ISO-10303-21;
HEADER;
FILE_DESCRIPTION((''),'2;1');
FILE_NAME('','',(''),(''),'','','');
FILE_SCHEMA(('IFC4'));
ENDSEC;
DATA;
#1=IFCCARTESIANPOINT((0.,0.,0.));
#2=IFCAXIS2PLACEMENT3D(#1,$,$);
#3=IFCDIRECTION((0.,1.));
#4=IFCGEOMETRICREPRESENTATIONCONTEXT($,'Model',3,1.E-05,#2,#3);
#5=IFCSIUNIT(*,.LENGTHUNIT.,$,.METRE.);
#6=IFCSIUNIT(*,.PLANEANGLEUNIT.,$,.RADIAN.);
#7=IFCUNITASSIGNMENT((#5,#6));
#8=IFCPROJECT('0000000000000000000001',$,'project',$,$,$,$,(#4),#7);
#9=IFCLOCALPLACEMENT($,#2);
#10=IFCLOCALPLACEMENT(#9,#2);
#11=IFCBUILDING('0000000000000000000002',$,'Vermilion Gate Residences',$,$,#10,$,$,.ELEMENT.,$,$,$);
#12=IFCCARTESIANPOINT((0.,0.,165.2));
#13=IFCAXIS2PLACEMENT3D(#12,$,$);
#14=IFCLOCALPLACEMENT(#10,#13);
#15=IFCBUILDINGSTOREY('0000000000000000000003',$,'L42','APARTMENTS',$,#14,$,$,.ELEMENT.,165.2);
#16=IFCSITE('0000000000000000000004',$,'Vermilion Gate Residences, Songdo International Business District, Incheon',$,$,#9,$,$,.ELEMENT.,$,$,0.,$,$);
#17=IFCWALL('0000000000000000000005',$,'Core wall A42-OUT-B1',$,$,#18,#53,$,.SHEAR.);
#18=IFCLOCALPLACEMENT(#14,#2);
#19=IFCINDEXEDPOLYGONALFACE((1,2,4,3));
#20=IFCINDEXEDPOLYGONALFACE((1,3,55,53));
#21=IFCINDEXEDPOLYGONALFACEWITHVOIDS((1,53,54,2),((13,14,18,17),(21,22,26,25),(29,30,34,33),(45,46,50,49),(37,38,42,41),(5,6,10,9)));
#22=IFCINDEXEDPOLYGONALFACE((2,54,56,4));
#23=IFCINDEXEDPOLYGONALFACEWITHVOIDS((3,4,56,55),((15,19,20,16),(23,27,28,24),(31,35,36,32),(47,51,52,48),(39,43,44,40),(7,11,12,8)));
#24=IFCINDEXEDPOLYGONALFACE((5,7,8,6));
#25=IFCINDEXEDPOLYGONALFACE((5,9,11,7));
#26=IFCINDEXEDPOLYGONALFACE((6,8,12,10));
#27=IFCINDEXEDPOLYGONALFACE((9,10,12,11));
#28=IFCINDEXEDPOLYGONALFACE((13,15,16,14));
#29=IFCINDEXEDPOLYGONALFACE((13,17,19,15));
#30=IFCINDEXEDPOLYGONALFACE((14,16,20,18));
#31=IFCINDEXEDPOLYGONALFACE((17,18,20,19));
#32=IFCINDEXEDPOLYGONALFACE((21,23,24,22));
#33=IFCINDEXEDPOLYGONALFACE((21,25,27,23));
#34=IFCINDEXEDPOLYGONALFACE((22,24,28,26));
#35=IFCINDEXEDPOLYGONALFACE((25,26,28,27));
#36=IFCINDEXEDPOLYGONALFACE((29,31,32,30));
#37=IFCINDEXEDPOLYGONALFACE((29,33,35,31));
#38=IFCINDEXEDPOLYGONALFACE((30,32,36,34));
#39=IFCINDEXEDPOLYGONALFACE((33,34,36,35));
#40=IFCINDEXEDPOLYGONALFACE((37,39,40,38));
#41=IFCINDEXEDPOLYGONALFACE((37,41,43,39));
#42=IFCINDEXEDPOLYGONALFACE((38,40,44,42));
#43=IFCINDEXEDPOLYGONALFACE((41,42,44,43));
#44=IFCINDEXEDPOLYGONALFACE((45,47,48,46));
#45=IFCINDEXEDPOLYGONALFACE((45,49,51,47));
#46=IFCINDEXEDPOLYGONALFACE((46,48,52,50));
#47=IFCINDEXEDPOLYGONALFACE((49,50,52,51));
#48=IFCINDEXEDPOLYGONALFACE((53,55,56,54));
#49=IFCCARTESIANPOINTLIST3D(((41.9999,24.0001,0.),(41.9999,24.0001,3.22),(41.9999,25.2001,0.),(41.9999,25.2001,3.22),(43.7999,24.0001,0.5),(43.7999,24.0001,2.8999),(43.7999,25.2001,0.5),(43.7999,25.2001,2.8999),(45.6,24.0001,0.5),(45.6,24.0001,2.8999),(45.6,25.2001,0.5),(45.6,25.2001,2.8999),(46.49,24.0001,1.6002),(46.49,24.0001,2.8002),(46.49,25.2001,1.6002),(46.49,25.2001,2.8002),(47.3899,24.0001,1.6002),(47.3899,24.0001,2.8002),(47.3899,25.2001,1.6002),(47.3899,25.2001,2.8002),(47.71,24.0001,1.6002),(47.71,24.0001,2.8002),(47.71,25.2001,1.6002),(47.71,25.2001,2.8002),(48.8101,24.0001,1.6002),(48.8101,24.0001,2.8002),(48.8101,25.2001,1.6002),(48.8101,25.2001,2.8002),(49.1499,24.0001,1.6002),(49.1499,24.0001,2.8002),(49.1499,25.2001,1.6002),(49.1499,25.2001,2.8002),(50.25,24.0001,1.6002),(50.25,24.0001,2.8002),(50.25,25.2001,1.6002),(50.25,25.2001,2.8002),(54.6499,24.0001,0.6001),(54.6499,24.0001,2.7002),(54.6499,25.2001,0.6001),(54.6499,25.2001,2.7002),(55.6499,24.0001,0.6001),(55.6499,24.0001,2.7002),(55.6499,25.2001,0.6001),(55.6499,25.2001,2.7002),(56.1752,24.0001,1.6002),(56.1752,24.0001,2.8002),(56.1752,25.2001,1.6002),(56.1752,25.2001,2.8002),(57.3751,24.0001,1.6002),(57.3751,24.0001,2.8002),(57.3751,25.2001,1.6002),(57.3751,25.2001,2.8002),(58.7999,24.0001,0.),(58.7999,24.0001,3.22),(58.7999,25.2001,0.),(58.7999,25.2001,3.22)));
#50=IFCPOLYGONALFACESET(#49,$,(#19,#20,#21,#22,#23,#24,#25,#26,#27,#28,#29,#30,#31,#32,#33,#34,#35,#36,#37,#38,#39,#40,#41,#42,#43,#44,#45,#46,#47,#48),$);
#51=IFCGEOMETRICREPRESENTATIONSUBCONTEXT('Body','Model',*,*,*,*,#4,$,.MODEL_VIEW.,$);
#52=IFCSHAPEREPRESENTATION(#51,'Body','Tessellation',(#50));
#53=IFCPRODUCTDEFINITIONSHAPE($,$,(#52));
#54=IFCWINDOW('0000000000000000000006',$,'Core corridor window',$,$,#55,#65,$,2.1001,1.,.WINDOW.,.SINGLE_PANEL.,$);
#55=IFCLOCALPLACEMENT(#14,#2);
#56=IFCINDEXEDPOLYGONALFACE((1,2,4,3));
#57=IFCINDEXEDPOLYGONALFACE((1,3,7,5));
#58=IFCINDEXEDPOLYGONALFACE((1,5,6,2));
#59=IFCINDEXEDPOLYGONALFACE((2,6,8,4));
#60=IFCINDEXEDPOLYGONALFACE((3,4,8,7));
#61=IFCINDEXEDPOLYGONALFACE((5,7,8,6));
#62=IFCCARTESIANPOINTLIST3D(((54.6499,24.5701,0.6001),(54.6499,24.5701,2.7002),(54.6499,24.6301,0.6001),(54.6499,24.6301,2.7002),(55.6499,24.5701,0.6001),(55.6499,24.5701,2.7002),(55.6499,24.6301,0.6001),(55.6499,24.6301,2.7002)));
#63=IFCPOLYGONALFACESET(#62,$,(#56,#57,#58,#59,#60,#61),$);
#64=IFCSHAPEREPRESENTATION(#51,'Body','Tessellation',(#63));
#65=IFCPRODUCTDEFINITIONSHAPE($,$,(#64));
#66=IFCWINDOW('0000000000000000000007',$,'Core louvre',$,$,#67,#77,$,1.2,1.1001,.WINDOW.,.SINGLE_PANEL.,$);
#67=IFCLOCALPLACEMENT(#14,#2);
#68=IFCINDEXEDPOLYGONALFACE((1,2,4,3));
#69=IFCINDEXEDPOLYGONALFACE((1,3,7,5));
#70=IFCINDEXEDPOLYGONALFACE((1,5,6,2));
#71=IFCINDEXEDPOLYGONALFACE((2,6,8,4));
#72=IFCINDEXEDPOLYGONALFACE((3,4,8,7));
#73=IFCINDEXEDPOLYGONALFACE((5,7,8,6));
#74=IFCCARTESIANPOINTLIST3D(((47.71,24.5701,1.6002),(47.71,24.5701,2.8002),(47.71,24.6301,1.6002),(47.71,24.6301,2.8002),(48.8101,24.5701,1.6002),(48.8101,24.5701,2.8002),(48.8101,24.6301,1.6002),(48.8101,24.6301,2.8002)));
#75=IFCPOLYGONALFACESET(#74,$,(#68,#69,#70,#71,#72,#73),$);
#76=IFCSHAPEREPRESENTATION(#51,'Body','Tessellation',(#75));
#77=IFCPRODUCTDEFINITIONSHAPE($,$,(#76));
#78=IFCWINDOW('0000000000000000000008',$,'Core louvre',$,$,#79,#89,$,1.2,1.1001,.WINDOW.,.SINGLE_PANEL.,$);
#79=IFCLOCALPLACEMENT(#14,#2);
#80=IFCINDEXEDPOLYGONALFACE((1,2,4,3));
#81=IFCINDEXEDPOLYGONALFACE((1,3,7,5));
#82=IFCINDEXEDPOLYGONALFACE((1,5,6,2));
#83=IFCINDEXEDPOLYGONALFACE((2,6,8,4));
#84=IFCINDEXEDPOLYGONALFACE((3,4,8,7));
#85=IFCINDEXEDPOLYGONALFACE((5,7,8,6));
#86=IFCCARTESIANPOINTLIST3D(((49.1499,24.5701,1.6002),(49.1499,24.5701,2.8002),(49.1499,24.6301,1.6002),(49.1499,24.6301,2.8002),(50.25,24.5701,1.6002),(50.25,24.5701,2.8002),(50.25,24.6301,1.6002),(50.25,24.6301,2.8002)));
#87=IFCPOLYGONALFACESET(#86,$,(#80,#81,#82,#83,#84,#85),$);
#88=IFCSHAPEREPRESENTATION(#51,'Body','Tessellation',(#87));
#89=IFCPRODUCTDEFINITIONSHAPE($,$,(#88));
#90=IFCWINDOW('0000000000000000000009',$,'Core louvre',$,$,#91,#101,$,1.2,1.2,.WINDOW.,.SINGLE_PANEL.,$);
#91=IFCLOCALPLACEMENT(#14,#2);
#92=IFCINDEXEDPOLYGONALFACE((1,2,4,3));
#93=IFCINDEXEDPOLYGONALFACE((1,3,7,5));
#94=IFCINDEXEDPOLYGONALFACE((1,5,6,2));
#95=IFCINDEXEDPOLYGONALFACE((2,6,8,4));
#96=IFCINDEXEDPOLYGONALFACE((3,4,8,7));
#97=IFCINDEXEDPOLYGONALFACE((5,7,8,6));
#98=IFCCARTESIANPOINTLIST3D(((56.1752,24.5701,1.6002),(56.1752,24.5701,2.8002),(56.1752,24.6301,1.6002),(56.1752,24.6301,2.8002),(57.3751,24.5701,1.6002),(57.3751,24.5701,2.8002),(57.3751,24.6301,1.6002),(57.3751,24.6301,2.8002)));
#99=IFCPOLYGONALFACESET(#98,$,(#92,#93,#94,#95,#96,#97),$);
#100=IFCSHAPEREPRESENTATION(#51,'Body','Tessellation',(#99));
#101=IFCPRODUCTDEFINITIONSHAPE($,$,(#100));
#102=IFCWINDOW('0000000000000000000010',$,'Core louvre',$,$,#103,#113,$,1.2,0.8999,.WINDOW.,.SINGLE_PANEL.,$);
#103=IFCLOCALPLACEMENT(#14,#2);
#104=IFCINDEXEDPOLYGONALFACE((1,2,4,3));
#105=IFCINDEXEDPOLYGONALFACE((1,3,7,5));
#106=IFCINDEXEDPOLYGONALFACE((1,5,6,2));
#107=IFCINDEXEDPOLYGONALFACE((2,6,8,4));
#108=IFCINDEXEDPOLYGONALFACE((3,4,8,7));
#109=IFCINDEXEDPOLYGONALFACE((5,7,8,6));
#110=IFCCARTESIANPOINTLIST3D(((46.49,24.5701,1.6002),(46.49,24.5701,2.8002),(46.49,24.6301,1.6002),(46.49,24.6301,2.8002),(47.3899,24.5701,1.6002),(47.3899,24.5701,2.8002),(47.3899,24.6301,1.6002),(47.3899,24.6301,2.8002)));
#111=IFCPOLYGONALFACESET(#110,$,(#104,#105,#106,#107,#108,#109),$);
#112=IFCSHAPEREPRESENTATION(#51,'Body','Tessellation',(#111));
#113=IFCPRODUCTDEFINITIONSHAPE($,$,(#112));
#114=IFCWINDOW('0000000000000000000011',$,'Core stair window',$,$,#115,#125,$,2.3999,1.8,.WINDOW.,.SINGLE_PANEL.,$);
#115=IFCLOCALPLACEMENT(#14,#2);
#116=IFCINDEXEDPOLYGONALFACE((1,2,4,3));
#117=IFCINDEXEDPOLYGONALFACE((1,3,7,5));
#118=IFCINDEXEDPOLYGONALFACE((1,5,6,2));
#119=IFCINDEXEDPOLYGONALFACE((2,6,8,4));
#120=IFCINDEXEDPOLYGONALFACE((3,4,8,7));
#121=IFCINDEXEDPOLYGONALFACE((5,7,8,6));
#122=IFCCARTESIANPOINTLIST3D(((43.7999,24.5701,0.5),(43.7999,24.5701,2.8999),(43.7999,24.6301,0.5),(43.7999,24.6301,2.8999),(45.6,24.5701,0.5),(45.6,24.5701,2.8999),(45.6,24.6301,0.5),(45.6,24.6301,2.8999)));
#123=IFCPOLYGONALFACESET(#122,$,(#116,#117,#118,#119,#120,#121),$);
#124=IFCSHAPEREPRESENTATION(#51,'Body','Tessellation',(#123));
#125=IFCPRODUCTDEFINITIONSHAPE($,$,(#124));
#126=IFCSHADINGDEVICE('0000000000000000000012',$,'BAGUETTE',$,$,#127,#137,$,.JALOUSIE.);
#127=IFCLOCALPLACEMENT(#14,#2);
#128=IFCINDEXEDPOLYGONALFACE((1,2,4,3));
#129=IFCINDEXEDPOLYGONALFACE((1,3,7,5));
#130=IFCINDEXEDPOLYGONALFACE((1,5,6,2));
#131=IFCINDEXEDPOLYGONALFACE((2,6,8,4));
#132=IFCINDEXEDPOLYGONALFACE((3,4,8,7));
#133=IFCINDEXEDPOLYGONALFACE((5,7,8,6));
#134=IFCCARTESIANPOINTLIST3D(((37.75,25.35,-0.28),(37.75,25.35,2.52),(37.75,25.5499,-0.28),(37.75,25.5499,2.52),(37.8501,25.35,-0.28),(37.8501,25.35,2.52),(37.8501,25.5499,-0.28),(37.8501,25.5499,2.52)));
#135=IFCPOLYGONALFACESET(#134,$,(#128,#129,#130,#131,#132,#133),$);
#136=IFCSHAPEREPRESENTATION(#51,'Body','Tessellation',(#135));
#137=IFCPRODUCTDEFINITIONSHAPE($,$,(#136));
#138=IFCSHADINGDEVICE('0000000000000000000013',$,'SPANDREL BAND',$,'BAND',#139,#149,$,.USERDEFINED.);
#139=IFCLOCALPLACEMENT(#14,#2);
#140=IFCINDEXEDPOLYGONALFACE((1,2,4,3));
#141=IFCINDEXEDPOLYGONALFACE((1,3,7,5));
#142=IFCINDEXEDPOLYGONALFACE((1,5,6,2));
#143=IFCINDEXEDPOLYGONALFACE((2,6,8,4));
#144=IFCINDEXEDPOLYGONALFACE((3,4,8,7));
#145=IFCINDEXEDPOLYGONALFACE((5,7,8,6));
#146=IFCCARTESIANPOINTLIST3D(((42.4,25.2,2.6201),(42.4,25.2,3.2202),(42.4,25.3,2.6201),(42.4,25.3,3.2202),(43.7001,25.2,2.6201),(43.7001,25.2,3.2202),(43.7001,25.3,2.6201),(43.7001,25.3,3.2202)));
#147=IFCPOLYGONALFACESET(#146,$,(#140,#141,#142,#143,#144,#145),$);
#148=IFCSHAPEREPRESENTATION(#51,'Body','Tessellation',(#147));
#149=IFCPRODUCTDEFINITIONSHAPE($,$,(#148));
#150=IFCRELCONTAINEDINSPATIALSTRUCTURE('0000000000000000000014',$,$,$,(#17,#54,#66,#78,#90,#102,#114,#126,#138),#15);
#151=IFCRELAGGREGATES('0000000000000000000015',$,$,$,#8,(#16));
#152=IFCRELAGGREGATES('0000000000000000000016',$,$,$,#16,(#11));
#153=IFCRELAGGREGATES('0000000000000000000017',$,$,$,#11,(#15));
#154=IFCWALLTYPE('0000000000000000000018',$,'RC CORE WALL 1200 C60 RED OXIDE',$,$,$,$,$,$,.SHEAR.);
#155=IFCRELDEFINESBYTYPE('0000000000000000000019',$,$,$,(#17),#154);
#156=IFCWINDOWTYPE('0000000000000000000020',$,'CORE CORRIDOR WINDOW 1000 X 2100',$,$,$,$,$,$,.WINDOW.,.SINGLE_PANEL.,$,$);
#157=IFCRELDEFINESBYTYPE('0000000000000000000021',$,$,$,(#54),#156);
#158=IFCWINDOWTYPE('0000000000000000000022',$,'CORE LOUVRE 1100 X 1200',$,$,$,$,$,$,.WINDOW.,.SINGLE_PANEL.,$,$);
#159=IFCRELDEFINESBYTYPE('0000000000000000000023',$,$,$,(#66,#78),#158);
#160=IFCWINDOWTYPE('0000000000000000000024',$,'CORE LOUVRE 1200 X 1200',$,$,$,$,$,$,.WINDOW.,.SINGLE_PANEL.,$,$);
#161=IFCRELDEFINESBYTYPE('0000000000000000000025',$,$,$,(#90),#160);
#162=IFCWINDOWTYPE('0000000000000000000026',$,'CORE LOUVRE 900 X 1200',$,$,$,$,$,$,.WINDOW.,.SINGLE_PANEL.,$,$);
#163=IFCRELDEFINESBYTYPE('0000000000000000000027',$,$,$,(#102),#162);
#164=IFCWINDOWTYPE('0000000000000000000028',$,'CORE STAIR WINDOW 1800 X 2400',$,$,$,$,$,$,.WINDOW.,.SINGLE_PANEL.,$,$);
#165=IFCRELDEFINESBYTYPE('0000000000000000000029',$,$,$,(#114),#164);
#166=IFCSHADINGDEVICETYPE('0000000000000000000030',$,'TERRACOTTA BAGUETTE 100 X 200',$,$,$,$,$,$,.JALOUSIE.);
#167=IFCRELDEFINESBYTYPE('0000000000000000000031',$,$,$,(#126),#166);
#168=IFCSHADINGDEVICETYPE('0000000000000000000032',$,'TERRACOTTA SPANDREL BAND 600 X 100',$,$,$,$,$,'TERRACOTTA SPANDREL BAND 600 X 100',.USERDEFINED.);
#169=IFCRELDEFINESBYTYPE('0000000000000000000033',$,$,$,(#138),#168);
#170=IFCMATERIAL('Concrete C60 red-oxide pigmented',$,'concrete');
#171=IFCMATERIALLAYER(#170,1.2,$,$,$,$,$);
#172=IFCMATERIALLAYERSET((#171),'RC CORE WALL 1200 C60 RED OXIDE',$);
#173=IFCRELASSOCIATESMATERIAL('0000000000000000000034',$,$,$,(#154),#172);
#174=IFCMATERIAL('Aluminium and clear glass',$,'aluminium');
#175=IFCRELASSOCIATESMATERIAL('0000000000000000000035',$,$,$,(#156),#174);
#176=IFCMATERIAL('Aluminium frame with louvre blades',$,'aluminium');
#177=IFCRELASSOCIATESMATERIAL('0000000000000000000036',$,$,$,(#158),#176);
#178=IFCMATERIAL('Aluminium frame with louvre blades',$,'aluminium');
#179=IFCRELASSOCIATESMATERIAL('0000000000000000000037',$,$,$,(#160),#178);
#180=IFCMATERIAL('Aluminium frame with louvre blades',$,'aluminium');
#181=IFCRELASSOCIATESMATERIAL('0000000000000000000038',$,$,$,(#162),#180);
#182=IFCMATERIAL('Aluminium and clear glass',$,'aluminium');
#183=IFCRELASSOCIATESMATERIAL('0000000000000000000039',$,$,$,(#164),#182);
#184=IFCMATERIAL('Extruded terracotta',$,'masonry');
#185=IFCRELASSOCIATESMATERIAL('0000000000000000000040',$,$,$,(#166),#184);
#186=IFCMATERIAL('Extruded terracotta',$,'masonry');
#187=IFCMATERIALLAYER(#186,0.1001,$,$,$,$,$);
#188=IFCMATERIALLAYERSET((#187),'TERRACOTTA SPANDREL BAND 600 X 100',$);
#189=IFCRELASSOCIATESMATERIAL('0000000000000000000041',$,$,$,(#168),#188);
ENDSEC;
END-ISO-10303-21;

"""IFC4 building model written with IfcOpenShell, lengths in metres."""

from ifc_helpers import new_model, si_unit, direction, frame, frame_2d, origin, origin_2d, place, context, subcontext, project, spatial, rectangle, extrude, material, layer, layer_set, material_profile, profile_set, type_object, element, fill, save


model = new_model("IFC4")

# Units and contexts
model_context = context("Model", 3, precision=1e-05, world=origin(), true_north=direction((0.0, 1.0)))
body_context = subcontext(model_context, "Body", "Model", "MODEL_VIEW")
ifc_project = project(units=[si_unit("LENGTHUNIT", "METRE"), si_unit("PLANEANGLEUNIT", "RADIAN")], contexts=[model_context])

# Site, building, storey
site_placement = place(None, origin())
site = spatial("IfcSite", under=ifc_project, at=site_placement, Name="Vermilion Gate Residences, Songdo International Business District, Incheon", CompositionType="ELEMENT", RefElevation=0.0)
building_placement = place(site_placement, origin())
building = spatial("IfcBuilding", under=site, at=building_placement, Name="Vermilion Gate Residences", CompositionType="ELEMENT")
storey_placement = place(building_placement, frame((0.0, 0.0, 165.2)))
storey = spatial("IfcBuildingStorey", under=building, at=storey_placement, Name="L42", Description="APARTMENTS", CompositionType="ELEMENT", Elevation=165.2)

# Wall, openings, windows
ifc_material_1 = material(Name="Concrete C60 red-oxide pigmented", Category="concrete")
ifc_layer_1 = layer(ifc_material_1, 1.2)
ifc_layer_set_1 = layer_set([ifc_layer_1], Name="RC CORE WALL 1200 C60 RED OXIDE")
wall_type_1 = type_object("IfcWallType", Name="RC CORE WALL 1200 C60 RED OXIDE", PredefinedType="SHEAR", material=ifc_layer_set_1)
wall_1_placement = place(storey_placement, frame((42.0, 24.6001, 0.0), z_axis=(0.0, 0.0, 1.0), x_axis=(1.0, 0.0, 0.0)))
wall_1 = element("IfcWall", 1, at=wall_1_placement, inside=storey, type_object=wall_type_1, Name="Core wall A42-OUT-B1", PredefinedType="SHEAR", context=body_context, shape_type="SweptSolid", body=[
    extrude(rectangle(XDim=16.8, YDim=1.2, at=frame_2d((8.3999, 0.0))), origin(), (0.0, 0.0, 1.0), 3.22),
])
opening_1_placement = place(wall_1_placement, frame((1.8, 0.0, 0.5)))
opening_1 = element("IfcOpeningElement", 2, at=opening_1_placement, cuts=wall_1, PredefinedType="OPENING", context=body_context, shape_type="SweptSolid", body=[
    extrude(rectangle(XDim=1.8, YDim=2.3999, at=frame_2d((0.8999, 1.2))), frame((0.0, 0.6099, 0.0), z_axis=(0.0, -1.0, 0.0), x_axis=(1.0, 0.0, 0.0)), (0.0, 0.0, 1.0), 1.22),
])
opening_2_placement = place(wall_1_placement, frame((4.49, 0.0, 1.6001)))
opening_2 = element("IfcOpeningElement", 3, at=opening_2_placement, cuts=wall_1, PredefinedType="OPENING", context=body_context, shape_type="SweptSolid", body=[
    extrude(rectangle(XDim=0.8999, YDim=1.2, at=frame_2d((0.45, 0.6001))), frame((0.0, 0.6099, 0.0), z_axis=(0.0, -1.0, 0.0), x_axis=(1.0, 0.0, 0.0)), (0.0, 0.0, 1.0), 1.22),
])
opening_3_placement = place(wall_1_placement, frame((5.71, 0.0, 1.6001)))
opening_3 = element("IfcOpeningElement", 4, at=opening_3_placement, cuts=wall_1, PredefinedType="OPENING", context=body_context, shape_type="SweptSolid", body=[
    extrude(rectangle(XDim=1.1001, YDim=1.2, at=frame_2d((0.55, 0.6001))), frame((0.0, 0.6099, 0.0), z_axis=(0.0, -1.0, 0.0), x_axis=(1.0, 0.0, 0.0)), (0.0, 0.0, 1.0), 1.22),
])
opening_4_placement = place(wall_1_placement, frame((7.1499, 0.0, 1.6001)))
opening_4 = element("IfcOpeningElement", 5, at=opening_4_placement, cuts=wall_1, PredefinedType="OPENING", context=body_context, shape_type="SweptSolid", body=[
    extrude(rectangle(XDim=1.1001, YDim=1.2, at=frame_2d((0.55, 0.6001))), frame((0.0, 0.6099, 0.0), z_axis=(0.0, -1.0, 0.0), x_axis=(1.0, 0.0, 0.0)), (0.0, 0.0, 1.0), 1.22),
])
opening_5_placement = place(wall_1_placement, frame((12.6499, 0.0, 0.6001)))
opening_5 = element("IfcOpeningElement", 6, at=opening_5_placement, cuts=wall_1, PredefinedType="OPENING", context=body_context, shape_type="SweptSolid", body=[
    extrude(rectangle(XDim=1.0, YDim=2.1001, at=frame_2d((0.5, 1.05))), frame((0.0, 0.6099, 0.0), z_axis=(0.0, -1.0, 0.0), x_axis=(1.0, 0.0, 0.0)), (0.0, 0.0, 1.0), 1.22),
])
opening_6_placement = place(wall_1_placement, frame((14.175, 0.0, 1.6001)))
opening_6 = element("IfcOpeningElement", 7, at=opening_6_placement, cuts=wall_1, PredefinedType="OPENING", context=body_context, shape_type="SweptSolid", body=[
    extrude(rectangle(XDim=1.2, YDim=1.2, at=frame_2d((0.6001, 0.6001))), frame((0.0, 0.6099, 0.0), z_axis=(0.0, -1.0, 0.0), x_axis=(1.0, 0.0, 0.0)), (0.0, 0.0, 1.0), 1.22),
])
ifc_material_2 = material(Name="Aluminium and clear glass", Category="aluminium")
window_type_1 = type_object("IfcWindowType", Name="CORE CORRIDOR WINDOW 1000 X 2100", PartitioningType="SINGLE_PANEL", PredefinedType="WINDOW", material=ifc_material_2)
window_1_placement = place(opening_5_placement, origin())
window_1 = element("IfcWindow", 8, at=window_1_placement, inside=storey, type_object=window_type_1, Name="Core corridor window", OverallHeight=2.1001, OverallWidth=1.0, PartitioningType="SINGLE_PANEL", PredefinedType="WINDOW", context=body_context, shape_type="SweptSolid", body=[
    extrude(rectangle(XDim=1.0, YDim=2.1001, at=frame_2d((0.5, 1.05))), frame((0.0, 0.03, 0.0), z_axis=(0.0, -1.0, 0.0), x_axis=(1.0, 0.0, 0.0)), (0.0, 0.0, 1.0), 0.0601),
])
fill(opening_5, window_1)
ifc_material_3 = material(Name="Aluminium frame with louvre blades", Category="aluminium")
window_type_2 = type_object("IfcWindowType", Name="CORE LOUVRE 1100 X 1200", PartitioningType="SINGLE_PANEL", PredefinedType="WINDOW", material=ifc_material_3)
window_2_placement = place(opening_3_placement, origin())
window_2 = element("IfcWindow", 9, at=window_2_placement, inside=storey, type_object=window_type_2, Name="Core louvre", OverallHeight=1.2, OverallWidth=1.1001, PartitioningType="SINGLE_PANEL", PredefinedType="WINDOW", context=body_context, shape_type="SweptSolid", body=[
    extrude(rectangle(XDim=1.1001, YDim=1.2, at=frame_2d((0.55, 0.6001))), frame((0.0, 0.03, 0.0), z_axis=(0.0, -1.0, 0.0), x_axis=(1.0, 0.0, 0.0)), (0.0, 0.0, 1.0), 0.0601),
])
fill(opening_3, window_2)
window_3_placement = place(opening_4_placement, origin())
window_3 = element("IfcWindow", 10, at=window_3_placement, inside=storey, type_object=window_type_2, Name="Core louvre", OverallHeight=1.2, OverallWidth=1.1001, PartitioningType="SINGLE_PANEL", PredefinedType="WINDOW", context=body_context, shape_type="SweptSolid", body=[
    extrude(rectangle(XDim=1.1001, YDim=1.2, at=frame_2d((0.55, 0.6001))), frame((0.0, 0.03, 0.0), z_axis=(0.0, -1.0, 0.0), x_axis=(1.0, 0.0, 0.0)), (0.0, 0.0, 1.0), 0.0601),
])
fill(opening_4, window_3)
ifc_material_4 = material(Name="Aluminium frame with louvre blades", Category="aluminium")
window_type_3 = type_object("IfcWindowType", Name="CORE LOUVRE 1200 X 1200", PartitioningType="SINGLE_PANEL", PredefinedType="WINDOW", material=ifc_material_4)
window_4_placement = place(opening_6_placement, origin())
window_4 = element("IfcWindow", 11, at=window_4_placement, inside=storey, type_object=window_type_3, Name="Core louvre", OverallHeight=1.2, OverallWidth=1.2, PartitioningType="SINGLE_PANEL", PredefinedType="WINDOW", context=body_context, shape_type="SweptSolid", body=[
    extrude(rectangle(XDim=1.2, YDim=1.2, at=frame_2d((0.6001, 0.6001))), frame((0.0, 0.03, 0.0), z_axis=(0.0, -1.0, 0.0), x_axis=(1.0, 0.0, 0.0)), (0.0, 0.0, 1.0), 0.0601),
])
fill(opening_6, window_4)
ifc_material_5 = material(Name="Aluminium frame with louvre blades", Category="aluminium")
window_type_4 = type_object("IfcWindowType", Name="CORE LOUVRE 900 X 1200", PartitioningType="SINGLE_PANEL", PredefinedType="WINDOW", material=ifc_material_5)
window_5_placement = place(opening_2_placement, origin())
window_5 = element("IfcWindow", 12, at=window_5_placement, inside=storey, type_object=window_type_4, Name="Core louvre", OverallHeight=1.2, OverallWidth=0.8999, PartitioningType="SINGLE_PANEL", PredefinedType="WINDOW", context=body_context, shape_type="SweptSolid", body=[
    extrude(rectangle(XDim=0.8999, YDim=1.2, at=frame_2d((0.45, 0.6001))), frame((0.0, 0.03, 0.0), z_axis=(0.0, -1.0, 0.0), x_axis=(1.0, 0.0, 0.0)), (0.0, 0.0, 1.0), 0.0601),
])
fill(opening_2, window_5)
ifc_material_6 = material(Name="Aluminium and clear glass", Category="aluminium")
window_type_5 = type_object("IfcWindowType", Name="CORE STAIR WINDOW 1800 X 2400", PartitioningType="SINGLE_PANEL", PredefinedType="WINDOW", material=ifc_material_6)
window_6_placement = place(opening_1_placement, origin())
window_6 = element("IfcWindow", 13, at=window_6_placement, inside=storey, type_object=window_type_5, Name="Core stair window", OverallHeight=2.3999, OverallWidth=1.8, PartitioningType="SINGLE_PANEL", PredefinedType="WINDOW", context=body_context, shape_type="SweptSolid", body=[
    extrude(rectangle(XDim=1.8, YDim=2.3999, at=frame_2d((0.8999, 1.2))), frame((0.0, 0.03, 0.0), z_axis=(0.0, -1.0, 0.0), x_axis=(1.0, 0.0, 0.0)), (0.0, 0.0, 1.0), 0.0601),
])
fill(opening_1, window_6)

# Shading devices
ifc_material_7 = material(Name="Extruded terracotta", Category="masonry")
ifc_material_profile_1 = material_profile(ifc_material_7, rectangle(XDim=0.2, YDim=0.1001, at=origin_2d()), Name="BAGUETTE 100 X 200")
ifc_profile_set_1 = profile_set([ifc_material_profile_1], Name="Extruded terracotta")
shading_device_type_1 = type_object("IfcShadingDeviceType", Name="TERRACOTTA BAGUETTE 100 X 200", PredefinedType="JALOUSIE", material=ifc_profile_set_1)
shading_device_1_placement = place(storey_placement, frame((37.8, 25.45, -0.28), z_axis=(0.0, 0.0, 1.0), x_axis=(0.0, -1.0, 0.0)))
element("IfcShadingDevice", 14, at=shading_device_1_placement, inside=storey, type_object=shading_device_type_1, Name="BAGUETTE", PredefinedType="JALOUSIE", context=body_context, shape_type="SweptSolid", body=[
    extrude(rectangle(XDim=0.2, YDim=0.1001, at=origin_2d()), origin(), (0.0, 0.0, 1.0), 2.8),
])
ifc_material_8 = material(Name="Extruded terracotta", Category="masonry")
ifc_layer_2 = layer(ifc_material_8, 0.1001)
ifc_layer_set_2 = layer_set([ifc_layer_2], Name="TERRACOTTA SPANDREL BAND 600 X 100")
shading_device_type_2 = type_object("IfcShadingDeviceType", Name="TERRACOTTA SPANDREL BAND 600 X 100", ElementType="TERRACOTTA SPANDREL BAND 600 X 100", PredefinedType="USERDEFINED", material=ifc_layer_set_2)
shading_device_2_placement = place(storey_placement, frame((43.05, 25.25, 2.6201), z_axis=(0.0, 0.0, 1.0), x_axis=(1.0, 0.0, 0.0)))
element("IfcShadingDevice", 15, at=shading_device_2_placement, inside=storey, type_object=shading_device_type_2, Name="SPANDREL BAND", ObjectType="BAND", PredefinedType="USERDEFINED", context=body_context, shape_type="SweptSolid", body=[
    extrude(rectangle(XDim=1.3, YDim=0.1001, at=origin_2d()), origin(), (0.0, 0.0, 1.0), 0.6001),
])

save(model, "model.ifc")
